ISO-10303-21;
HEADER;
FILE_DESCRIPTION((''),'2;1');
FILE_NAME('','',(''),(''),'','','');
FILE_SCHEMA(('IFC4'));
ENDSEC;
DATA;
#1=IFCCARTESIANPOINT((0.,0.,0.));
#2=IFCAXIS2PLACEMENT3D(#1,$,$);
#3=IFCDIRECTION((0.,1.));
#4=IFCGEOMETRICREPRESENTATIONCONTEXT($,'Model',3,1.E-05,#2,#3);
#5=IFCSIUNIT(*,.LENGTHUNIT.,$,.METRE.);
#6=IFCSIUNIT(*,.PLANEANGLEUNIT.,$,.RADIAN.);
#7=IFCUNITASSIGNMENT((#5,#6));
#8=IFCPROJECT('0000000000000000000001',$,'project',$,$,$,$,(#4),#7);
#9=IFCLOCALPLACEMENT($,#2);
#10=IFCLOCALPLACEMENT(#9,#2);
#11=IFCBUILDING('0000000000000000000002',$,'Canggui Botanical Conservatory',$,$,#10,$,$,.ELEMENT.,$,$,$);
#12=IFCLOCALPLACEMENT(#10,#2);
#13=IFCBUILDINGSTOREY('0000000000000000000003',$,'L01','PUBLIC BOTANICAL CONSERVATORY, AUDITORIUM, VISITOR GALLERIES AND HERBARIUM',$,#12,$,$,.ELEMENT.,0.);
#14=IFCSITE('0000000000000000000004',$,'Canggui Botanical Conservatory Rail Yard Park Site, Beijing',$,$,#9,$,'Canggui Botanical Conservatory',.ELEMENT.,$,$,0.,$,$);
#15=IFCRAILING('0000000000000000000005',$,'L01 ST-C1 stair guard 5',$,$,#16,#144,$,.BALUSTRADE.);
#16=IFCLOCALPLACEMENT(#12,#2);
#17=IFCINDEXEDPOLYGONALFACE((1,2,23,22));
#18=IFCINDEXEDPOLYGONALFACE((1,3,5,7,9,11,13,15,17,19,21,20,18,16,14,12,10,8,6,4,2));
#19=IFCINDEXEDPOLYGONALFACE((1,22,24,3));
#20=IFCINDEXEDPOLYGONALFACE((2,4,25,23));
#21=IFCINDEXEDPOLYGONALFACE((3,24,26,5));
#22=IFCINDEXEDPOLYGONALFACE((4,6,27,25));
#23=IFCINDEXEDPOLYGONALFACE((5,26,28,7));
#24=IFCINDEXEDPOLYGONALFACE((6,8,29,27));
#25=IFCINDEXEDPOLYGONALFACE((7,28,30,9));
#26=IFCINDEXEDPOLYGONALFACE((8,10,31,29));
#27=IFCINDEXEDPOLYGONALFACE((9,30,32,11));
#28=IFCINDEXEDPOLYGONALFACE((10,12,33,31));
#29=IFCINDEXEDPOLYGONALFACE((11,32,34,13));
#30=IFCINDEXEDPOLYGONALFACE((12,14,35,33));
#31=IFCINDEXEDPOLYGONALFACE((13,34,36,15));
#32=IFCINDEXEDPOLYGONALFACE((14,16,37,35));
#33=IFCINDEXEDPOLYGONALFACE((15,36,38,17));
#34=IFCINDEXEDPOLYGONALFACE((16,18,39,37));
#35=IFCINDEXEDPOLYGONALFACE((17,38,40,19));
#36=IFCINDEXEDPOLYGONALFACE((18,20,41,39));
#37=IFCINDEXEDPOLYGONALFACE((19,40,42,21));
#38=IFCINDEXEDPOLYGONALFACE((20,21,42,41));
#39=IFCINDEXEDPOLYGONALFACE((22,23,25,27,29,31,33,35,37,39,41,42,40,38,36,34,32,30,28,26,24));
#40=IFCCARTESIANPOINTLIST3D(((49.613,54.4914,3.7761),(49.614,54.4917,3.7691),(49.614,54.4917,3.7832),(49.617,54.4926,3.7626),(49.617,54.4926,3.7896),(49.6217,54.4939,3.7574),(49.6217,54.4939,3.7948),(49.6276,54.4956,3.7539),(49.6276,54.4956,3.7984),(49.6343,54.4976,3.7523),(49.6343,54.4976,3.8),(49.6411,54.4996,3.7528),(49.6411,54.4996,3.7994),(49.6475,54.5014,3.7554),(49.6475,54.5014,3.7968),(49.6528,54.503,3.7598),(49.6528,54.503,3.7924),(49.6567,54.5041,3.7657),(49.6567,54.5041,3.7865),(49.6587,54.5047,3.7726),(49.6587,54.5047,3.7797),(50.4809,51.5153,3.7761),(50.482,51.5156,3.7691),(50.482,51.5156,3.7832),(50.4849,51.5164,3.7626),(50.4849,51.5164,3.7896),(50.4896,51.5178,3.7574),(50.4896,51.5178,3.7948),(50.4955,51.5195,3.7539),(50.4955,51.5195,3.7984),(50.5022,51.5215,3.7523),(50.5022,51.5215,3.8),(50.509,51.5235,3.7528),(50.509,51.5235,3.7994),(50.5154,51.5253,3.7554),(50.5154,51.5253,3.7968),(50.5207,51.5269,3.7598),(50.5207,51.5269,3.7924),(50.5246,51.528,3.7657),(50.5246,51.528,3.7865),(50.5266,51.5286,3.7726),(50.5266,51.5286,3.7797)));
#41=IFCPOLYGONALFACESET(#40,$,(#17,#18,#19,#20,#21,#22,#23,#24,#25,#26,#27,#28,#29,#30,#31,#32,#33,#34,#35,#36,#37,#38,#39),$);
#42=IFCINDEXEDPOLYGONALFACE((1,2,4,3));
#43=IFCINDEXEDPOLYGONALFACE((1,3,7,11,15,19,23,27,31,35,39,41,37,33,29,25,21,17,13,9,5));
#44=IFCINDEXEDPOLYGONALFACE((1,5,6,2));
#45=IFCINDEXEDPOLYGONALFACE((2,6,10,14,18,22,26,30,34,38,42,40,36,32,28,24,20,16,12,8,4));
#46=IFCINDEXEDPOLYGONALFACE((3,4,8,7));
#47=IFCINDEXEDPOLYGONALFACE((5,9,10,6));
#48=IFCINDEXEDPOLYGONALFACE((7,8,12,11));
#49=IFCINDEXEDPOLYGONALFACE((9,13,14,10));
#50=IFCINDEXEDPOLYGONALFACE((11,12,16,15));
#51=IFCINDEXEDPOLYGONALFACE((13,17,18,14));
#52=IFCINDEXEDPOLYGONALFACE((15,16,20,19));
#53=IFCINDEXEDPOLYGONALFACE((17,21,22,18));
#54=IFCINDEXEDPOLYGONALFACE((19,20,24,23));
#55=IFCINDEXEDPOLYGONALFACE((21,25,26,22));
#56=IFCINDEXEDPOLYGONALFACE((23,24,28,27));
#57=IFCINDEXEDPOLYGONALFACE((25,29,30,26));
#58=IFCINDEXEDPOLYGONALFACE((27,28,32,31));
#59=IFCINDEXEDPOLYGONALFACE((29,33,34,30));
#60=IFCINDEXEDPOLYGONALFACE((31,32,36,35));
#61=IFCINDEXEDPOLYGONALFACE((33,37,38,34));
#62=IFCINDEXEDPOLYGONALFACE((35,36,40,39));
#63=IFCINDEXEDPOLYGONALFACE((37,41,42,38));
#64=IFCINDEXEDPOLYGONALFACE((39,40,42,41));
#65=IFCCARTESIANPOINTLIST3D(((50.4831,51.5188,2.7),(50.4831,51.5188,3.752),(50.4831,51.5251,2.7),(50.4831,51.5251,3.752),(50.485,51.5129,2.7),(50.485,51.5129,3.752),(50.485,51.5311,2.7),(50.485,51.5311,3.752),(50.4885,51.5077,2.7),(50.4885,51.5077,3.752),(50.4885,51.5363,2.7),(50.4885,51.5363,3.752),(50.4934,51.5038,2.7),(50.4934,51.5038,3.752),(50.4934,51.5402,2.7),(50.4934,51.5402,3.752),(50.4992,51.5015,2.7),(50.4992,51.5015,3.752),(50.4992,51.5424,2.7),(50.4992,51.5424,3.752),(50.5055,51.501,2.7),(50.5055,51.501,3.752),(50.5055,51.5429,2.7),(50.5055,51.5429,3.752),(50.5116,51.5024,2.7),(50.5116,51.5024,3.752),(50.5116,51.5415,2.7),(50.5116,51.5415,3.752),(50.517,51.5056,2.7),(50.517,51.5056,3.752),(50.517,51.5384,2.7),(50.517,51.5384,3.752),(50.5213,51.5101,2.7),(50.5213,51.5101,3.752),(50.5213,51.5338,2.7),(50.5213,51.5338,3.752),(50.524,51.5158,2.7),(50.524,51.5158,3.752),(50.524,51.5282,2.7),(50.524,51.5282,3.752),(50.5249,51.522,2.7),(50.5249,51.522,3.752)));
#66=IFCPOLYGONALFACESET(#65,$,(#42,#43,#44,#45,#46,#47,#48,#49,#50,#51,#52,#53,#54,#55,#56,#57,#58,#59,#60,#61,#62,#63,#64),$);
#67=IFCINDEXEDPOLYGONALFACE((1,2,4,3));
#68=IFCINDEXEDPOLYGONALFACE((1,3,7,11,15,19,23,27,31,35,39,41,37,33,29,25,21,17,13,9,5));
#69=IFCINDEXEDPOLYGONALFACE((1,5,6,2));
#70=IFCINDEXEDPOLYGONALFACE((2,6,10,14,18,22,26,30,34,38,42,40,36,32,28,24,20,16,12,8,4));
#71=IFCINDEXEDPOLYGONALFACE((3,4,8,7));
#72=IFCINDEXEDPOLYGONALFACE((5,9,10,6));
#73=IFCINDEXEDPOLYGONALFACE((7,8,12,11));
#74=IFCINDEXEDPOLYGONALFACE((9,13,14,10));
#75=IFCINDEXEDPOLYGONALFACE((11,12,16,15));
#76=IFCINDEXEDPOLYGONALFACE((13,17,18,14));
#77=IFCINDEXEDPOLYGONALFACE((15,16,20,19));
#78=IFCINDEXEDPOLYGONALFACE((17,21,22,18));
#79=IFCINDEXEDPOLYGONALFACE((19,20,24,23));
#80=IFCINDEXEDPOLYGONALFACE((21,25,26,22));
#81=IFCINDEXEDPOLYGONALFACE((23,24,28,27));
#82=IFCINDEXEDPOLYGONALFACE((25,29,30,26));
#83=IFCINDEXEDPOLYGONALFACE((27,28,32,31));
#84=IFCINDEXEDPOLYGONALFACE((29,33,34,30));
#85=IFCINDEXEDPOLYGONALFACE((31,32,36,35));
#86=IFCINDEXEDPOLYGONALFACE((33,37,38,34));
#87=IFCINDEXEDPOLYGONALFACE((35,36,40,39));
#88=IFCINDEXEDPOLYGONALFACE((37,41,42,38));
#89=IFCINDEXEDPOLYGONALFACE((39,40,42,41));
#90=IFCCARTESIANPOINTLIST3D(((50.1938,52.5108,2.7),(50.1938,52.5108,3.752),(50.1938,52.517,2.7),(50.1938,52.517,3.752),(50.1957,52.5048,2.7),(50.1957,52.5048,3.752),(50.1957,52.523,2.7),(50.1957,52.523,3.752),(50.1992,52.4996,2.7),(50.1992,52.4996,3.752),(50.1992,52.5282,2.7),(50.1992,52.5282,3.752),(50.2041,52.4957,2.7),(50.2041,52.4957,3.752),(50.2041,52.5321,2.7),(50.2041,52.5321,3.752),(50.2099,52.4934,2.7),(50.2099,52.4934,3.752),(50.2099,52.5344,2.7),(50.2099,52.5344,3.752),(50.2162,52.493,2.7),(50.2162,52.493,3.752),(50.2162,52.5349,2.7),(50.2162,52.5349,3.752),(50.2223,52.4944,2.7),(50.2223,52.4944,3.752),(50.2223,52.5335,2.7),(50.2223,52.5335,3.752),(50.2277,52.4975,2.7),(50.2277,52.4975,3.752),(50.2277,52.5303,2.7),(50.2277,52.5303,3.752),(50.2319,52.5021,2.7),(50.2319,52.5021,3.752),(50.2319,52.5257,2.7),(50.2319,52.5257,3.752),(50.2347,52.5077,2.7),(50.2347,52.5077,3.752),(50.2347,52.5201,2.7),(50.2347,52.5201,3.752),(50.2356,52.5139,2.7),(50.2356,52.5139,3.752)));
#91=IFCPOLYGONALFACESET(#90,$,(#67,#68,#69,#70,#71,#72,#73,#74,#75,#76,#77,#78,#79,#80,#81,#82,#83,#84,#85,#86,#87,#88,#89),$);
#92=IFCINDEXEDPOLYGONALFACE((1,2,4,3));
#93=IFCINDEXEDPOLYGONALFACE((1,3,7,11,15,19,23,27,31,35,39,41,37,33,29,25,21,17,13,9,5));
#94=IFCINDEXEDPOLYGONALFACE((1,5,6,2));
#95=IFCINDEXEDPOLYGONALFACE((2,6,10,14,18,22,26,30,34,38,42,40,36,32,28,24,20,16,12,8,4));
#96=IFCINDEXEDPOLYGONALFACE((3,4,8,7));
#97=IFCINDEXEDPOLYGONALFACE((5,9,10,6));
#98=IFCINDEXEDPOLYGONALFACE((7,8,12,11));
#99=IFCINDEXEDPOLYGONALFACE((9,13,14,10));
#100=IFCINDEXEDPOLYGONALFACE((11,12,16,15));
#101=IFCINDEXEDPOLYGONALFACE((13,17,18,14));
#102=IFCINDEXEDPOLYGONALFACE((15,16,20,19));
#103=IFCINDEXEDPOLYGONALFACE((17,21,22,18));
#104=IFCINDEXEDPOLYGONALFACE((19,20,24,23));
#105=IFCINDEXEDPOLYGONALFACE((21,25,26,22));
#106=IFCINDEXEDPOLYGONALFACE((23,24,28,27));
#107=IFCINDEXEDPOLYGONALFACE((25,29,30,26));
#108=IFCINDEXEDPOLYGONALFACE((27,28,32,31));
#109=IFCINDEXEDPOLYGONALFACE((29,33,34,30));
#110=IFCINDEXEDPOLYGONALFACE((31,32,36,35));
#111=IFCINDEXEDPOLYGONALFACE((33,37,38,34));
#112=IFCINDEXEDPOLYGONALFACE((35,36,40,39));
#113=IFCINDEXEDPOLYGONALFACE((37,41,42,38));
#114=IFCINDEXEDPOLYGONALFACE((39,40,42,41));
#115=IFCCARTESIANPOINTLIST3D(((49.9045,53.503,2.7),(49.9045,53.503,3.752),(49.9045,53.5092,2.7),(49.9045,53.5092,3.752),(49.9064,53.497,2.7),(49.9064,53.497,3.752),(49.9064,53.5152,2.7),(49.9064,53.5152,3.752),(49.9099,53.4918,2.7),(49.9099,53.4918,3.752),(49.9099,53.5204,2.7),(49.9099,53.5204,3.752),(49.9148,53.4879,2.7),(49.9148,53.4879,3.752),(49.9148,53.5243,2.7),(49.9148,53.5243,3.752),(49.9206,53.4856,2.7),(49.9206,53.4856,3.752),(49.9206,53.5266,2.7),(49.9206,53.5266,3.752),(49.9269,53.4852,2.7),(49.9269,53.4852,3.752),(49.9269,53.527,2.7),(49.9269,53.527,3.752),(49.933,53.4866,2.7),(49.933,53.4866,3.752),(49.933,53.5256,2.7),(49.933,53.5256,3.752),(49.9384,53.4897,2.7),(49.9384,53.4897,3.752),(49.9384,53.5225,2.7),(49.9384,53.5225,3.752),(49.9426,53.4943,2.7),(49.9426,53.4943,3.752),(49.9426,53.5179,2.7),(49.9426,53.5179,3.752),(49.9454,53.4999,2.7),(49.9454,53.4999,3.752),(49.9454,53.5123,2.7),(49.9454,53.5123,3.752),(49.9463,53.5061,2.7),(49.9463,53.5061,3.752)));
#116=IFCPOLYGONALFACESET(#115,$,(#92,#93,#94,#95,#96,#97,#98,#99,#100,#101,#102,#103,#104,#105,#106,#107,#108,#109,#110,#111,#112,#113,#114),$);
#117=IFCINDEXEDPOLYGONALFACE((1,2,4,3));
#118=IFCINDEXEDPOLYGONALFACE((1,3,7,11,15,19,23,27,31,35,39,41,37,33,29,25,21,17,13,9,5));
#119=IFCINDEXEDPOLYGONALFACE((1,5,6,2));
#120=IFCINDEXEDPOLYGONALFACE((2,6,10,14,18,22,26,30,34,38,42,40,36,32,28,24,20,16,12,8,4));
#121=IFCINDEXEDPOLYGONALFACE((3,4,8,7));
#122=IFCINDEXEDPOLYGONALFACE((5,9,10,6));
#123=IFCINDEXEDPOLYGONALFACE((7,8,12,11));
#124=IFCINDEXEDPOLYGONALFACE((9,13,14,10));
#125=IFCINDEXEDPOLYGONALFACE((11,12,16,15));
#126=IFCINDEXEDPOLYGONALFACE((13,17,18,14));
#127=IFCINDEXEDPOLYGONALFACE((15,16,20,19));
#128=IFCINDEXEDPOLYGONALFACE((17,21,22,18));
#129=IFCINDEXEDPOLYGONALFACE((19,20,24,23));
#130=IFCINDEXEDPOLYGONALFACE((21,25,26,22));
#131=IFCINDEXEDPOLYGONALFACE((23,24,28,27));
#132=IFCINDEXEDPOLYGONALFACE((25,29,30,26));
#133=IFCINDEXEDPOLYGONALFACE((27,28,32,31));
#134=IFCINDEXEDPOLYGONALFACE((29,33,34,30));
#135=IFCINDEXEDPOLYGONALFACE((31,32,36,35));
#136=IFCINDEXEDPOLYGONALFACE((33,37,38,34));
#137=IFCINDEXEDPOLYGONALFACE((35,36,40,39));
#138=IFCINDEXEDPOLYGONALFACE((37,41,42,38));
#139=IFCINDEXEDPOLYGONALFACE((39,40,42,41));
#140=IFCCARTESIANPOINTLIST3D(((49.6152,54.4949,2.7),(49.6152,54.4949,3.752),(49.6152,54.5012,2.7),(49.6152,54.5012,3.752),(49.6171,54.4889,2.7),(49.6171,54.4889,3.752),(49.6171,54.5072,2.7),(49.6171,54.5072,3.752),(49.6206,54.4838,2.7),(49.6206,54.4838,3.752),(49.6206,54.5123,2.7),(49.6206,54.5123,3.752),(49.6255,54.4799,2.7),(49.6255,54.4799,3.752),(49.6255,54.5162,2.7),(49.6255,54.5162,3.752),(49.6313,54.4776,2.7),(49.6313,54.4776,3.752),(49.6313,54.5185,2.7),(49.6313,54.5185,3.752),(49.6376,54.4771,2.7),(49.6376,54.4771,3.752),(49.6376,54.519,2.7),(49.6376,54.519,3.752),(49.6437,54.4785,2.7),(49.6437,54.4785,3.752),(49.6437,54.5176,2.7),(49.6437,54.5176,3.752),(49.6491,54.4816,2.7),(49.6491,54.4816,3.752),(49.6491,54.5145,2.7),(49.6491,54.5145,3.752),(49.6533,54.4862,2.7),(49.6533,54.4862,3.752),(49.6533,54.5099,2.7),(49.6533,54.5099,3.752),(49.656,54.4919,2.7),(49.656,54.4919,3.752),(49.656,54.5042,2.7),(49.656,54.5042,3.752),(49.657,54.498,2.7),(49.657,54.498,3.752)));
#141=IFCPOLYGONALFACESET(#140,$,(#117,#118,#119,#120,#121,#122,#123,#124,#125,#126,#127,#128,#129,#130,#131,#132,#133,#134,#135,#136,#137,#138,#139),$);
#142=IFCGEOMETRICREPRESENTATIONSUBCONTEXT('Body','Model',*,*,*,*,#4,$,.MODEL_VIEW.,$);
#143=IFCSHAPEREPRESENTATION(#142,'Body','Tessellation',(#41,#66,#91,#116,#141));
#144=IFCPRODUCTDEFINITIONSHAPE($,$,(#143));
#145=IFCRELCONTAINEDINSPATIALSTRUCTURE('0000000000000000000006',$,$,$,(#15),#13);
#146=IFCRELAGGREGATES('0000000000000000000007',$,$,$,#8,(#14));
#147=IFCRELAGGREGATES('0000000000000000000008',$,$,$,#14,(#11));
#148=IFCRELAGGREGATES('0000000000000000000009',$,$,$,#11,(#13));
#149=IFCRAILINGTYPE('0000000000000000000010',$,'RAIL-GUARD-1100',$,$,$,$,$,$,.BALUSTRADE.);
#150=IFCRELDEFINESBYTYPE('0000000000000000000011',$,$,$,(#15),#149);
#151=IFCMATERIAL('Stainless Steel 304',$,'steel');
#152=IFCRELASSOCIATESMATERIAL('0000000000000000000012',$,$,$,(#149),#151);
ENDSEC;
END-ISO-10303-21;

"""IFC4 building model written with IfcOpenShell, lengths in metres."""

from ifc_helpers import new_model, si_unit, direction, frame, origin, origin_2d, place, context, subcontext, project, spatial, circle, extrude, material, type_object, element, save


model = new_model("IFC4")

# Units and contexts
model_context = context("Model", 3, precision=1e-05, world=origin(), true_north=direction((0.0, 1.0)))
body_context = subcontext(model_context, "Body", "Model", "MODEL_VIEW")
ifc_project = project(units=[si_unit("LENGTHUNIT", "METRE"), si_unit("PLANEANGLEUNIT", "RADIAN")], contexts=[model_context])

# Site, building, storey
site_placement = place(None, origin())
site = spatial("IfcSite", under=ifc_project, at=site_placement, Name="Canggui Botanical Conservatory Rail Yard Park Site, Beijing", LongName="Canggui Botanical Conservatory", CompositionType="ELEMENT", RefElevation=0.0)
building_placement = place(site_placement, origin())
building = spatial("IfcBuilding", under=site, at=building_placement, Name="Canggui Botanical Conservatory", CompositionType="ELEMENT")
storey_placement = place(building_placement, origin())
storey = spatial("IfcBuildingStorey", under=building, at=storey_placement, Name="L01", Description="PUBLIC BOTANICAL CONSERVATORY, AUDITORIUM, VISITOR GALLERIES AND HERBARIUM", CompositionType="ELEMENT", Elevation=0.0)

# Railing
ifc_material_1 = material(Name="Stainless Steel 304", Category="steel")
railing_type = type_object("IfcRailingType", Name="RAIL-GUARD-1100", PredefinedType="BALUSTRADE", material=ifc_material_1)
railing_placement = place(storey_placement, frame((50.5039, 51.522, 2.7)))
element("IfcRailing", 1, at=railing_placement, inside=storey, type_object=railing_type, Name="L01 ST-C1 stair guard 5", PredefinedType="BALUSTRADE", context=body_context, shape_type="SweptSolid", body=[
    extrude(circle(Radius=0.0239, at=origin_2d()), frame((0.0, 0.0, 1.0762), z_axis=(-0.27997, 0.960009, 0.0), x_axis=(-0.960009, -0.27997, 0.0)), (0.0, 0.0, 1.0), 3.1001),
    extrude(circle(Radius=0.021, at=origin_2d()), origin(), (0.0, 0.0, 1.0), 1.052),
    extrude(circle(Radius=0.021, at=origin_2d()), frame((-0.2893, 0.9919, 0.0)), (0.0, 0.0, 1.0), 1.052),
    extrude(circle(Radius=0.021, at=origin_2d()), frame((-0.5786, 1.9841, 0.0)), (0.0, 0.0, 1.0), 1.052),
    extrude(circle(Radius=0.021, at=origin_2d()), frame((-0.8679, 2.9761, 0.0)), (0.0, 0.0, 1.0), 1.052),
])

save(model, "model.ifc")
